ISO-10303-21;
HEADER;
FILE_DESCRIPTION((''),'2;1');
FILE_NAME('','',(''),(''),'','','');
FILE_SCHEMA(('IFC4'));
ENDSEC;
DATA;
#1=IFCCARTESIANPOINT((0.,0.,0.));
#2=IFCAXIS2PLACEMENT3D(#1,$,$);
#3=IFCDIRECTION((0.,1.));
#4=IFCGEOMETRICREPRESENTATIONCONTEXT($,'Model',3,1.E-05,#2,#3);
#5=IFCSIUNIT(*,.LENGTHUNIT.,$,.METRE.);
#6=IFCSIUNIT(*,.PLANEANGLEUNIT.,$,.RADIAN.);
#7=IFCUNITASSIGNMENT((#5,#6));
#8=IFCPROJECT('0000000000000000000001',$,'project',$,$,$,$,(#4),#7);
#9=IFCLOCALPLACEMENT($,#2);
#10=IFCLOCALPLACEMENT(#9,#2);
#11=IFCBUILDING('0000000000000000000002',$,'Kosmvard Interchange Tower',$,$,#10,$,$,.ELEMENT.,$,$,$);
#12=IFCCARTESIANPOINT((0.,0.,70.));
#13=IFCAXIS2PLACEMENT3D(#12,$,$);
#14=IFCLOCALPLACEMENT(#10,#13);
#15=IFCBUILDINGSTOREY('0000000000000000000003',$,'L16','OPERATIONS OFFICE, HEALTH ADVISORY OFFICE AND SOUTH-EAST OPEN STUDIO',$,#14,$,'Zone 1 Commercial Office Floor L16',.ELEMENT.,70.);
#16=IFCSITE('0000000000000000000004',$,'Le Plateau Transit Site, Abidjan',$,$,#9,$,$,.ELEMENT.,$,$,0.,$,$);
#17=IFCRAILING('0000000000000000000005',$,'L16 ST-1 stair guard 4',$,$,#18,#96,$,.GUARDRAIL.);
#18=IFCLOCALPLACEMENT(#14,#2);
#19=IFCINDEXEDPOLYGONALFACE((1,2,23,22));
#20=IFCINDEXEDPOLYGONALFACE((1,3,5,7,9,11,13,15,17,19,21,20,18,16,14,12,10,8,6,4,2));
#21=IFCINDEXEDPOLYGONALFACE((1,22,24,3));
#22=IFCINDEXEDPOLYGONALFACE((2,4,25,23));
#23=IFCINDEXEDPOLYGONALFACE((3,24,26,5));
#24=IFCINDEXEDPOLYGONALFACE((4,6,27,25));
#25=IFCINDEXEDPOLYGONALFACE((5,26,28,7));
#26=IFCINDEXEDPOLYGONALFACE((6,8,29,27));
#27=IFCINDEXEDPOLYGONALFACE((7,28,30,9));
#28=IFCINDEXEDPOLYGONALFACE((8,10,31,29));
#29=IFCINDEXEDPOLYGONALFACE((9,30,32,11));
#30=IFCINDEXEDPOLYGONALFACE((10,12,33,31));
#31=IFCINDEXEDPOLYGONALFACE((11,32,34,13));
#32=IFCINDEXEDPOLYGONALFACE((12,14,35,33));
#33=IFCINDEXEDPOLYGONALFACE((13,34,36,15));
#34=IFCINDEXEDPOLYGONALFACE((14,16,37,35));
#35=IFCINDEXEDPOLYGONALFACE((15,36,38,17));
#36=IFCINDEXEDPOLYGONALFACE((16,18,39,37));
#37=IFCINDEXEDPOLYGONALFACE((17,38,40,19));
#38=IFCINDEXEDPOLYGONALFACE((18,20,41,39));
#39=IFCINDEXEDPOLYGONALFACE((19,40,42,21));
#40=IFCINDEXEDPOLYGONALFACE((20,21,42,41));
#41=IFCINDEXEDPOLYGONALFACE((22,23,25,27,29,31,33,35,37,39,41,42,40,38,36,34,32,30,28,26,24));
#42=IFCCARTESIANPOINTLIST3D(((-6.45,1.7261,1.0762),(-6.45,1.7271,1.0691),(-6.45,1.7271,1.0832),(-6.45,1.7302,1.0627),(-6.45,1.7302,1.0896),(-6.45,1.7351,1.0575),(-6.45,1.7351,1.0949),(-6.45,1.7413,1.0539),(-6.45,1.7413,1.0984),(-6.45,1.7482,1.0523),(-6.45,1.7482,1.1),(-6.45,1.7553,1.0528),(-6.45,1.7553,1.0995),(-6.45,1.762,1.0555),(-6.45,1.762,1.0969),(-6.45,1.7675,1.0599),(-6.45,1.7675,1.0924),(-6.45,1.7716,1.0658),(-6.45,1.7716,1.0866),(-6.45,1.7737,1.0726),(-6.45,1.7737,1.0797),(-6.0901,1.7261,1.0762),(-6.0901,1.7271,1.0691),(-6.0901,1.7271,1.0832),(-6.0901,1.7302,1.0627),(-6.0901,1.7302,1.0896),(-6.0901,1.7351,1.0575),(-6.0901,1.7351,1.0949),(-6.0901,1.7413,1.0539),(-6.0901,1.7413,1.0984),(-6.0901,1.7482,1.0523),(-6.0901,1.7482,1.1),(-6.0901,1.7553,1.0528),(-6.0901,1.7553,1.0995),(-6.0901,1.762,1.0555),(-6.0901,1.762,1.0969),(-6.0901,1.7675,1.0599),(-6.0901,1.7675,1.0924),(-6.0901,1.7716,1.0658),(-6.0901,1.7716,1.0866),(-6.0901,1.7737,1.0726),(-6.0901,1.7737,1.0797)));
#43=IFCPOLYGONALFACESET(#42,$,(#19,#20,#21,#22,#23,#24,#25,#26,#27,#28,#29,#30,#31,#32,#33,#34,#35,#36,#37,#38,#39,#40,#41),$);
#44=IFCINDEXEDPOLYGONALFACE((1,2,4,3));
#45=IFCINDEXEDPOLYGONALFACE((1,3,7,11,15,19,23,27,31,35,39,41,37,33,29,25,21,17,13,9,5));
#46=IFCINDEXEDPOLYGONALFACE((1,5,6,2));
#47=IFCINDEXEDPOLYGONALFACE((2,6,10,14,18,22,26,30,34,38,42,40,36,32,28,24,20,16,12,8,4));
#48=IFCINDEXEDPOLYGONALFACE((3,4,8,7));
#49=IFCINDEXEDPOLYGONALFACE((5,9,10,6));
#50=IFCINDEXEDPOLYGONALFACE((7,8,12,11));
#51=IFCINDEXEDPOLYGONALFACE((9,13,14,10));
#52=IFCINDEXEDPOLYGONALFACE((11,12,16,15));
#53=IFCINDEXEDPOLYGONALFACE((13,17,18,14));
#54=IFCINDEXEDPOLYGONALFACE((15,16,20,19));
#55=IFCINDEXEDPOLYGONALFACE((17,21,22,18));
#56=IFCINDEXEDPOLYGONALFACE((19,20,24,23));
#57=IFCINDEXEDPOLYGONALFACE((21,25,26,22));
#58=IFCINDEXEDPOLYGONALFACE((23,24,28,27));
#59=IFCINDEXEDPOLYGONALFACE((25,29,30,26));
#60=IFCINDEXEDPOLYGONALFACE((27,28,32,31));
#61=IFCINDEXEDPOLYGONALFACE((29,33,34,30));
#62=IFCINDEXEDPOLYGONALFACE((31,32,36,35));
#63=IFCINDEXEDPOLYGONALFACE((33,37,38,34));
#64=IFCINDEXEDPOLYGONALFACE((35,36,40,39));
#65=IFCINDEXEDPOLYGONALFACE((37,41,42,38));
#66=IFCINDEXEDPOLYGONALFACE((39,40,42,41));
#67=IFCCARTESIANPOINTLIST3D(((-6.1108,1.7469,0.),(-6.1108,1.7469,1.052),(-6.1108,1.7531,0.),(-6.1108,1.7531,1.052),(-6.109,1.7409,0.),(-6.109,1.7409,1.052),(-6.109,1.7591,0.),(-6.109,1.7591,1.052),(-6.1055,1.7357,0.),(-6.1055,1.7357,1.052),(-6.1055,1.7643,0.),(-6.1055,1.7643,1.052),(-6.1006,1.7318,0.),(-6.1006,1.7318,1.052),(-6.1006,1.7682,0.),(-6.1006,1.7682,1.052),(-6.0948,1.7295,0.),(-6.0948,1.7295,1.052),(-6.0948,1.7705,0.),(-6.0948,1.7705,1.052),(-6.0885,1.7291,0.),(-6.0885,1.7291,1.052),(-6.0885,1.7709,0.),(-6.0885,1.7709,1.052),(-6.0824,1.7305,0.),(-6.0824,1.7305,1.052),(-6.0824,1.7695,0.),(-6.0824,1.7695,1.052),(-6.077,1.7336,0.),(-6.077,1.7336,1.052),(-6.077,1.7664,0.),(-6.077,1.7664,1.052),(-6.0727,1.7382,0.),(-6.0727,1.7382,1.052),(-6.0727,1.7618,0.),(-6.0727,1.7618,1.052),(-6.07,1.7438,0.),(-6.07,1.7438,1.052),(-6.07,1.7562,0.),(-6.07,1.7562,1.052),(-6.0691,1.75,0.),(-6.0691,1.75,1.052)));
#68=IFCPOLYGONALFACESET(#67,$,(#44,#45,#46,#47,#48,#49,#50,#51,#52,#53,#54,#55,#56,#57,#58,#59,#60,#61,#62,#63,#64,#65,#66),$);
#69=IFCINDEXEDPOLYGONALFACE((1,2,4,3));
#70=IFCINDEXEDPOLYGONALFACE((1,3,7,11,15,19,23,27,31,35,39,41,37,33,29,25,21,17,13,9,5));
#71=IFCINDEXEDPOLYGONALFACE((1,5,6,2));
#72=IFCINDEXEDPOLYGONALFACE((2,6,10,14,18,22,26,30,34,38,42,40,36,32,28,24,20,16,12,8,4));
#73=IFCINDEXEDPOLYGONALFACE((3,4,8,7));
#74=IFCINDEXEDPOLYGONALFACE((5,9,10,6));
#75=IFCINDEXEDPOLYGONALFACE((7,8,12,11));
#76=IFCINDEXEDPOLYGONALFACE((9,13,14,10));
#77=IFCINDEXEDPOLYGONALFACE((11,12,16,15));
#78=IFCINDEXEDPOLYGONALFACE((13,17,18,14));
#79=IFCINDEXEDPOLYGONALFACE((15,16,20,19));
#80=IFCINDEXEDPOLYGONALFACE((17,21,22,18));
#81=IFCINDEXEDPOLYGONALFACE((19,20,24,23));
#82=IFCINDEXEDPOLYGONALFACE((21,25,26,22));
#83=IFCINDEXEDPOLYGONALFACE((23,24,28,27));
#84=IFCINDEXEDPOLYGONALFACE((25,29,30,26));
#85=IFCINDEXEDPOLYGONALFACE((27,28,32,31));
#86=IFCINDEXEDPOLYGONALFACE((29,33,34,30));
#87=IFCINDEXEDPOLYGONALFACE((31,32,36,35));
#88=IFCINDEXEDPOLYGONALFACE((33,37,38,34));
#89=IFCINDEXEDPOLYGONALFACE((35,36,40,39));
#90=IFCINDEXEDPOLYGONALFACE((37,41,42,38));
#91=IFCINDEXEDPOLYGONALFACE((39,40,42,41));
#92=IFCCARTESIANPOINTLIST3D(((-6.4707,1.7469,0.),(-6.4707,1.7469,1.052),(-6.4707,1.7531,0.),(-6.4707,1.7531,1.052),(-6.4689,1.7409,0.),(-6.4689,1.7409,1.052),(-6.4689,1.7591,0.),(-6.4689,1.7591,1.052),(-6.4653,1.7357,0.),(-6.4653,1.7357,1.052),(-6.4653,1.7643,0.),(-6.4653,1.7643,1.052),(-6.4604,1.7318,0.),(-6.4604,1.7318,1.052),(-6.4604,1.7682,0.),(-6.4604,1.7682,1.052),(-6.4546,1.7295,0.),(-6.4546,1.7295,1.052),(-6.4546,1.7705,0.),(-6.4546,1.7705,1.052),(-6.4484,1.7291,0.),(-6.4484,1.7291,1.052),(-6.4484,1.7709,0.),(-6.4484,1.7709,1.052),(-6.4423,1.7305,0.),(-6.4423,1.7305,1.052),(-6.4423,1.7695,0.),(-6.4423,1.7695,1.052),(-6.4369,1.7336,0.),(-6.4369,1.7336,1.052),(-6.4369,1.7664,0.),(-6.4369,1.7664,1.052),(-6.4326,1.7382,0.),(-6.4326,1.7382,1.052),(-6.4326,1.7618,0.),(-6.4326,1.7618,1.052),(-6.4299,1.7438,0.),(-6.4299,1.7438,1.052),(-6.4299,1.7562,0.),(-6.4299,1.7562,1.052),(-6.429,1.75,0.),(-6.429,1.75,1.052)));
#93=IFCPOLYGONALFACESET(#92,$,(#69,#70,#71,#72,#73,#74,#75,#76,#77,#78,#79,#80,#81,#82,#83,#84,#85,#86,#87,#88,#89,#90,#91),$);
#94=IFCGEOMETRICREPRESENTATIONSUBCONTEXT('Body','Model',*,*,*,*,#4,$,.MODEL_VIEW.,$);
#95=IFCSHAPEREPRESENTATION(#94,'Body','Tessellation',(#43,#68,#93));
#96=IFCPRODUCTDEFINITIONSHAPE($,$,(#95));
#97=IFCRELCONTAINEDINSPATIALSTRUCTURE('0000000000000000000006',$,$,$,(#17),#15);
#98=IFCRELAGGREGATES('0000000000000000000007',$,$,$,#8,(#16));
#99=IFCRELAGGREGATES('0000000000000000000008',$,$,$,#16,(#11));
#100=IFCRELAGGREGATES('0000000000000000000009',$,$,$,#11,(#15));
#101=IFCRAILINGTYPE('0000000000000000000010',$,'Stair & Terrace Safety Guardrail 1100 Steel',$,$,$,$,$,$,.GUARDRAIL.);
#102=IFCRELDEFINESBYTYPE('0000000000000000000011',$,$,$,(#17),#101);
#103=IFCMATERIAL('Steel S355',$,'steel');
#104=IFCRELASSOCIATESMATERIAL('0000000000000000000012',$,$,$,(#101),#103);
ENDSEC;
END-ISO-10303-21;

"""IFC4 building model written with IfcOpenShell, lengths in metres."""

from ifc_helpers import new_model, si_unit, direction, frame, origin, origin_2d, place, context, subcontext, project, spatial, circle, extrude, source, transform, mapped, material, type_object, element, save


model = new_model("IFC4")

# Units and contexts
model_context = context("Model", 3, precision=1e-05, world=origin(), true_north=direction((0.0, 1.0)))
body_context = subcontext(model_context, "Body", "Model", "MODEL_VIEW")
ifc_project = project(units=[si_unit("LENGTHUNIT", "METRE"), si_unit("PLANEANGLEUNIT", "RADIAN")], contexts=[model_context])

# Site, building, storey
site_placement = place(None, origin())
site = spatial("IfcSite", under=ifc_project, at=site_placement, Name="Le Plateau Transit Site, Abidjan", CompositionType="ELEMENT", RefElevation=0.0)
building_placement = place(site_placement, origin())
building = spatial("IfcBuilding", under=site, at=building_placement, Name="Kosmvard Interchange Tower", CompositionType="ELEMENT")
storey_placement = place(building_placement, frame((0.0, 0.0, 70.0)))
storey = spatial("IfcBuildingStorey", under=building, at=storey_placement, Name="L16", Description="OPERATIONS OFFICE, HEALTH ADVISORY OFFICE AND SOUTH-EAST OPEN STUDIO", LongName="Zone 1 Commercial Office Floor L16", CompositionType="ELEMENT", Elevation=70.0)

# Shared definitions
ifc_material_1 = material(Name="Steel S355", Category="steel")

# Railing
railing_type_1 = type_object("IfcRailingType", Name="Stair & Terrace Safety Guardrail 1100 Steel", PredefinedType="GUARDRAIL", material=ifc_material_1)
shared_shape_1 = source(origin(), body_context, "Body", "SweptSolid", [
    extrude(circle(Radius=0.0239, at=origin_2d()), frame((0.0, 0.0, 1.0762), z_axis=(-1.0, 0.0, 0.0), x_axis=(0.0, -1.0, 0.0)), (0.0, 0.0, 1.0), 0.3599),
    extrude(circle(Radius=0.021, at=origin_2d()), origin(), (0.0, 0.0, 1.0), 1.052),
    extrude(circle(Radius=0.021, at=origin_2d()), frame((-0.3599, 0.0, 0.0)), (0.0, 0.0, 1.0), 1.052),
])
for number, where, name in (
    (1, (-6.0901, 1.75, 0.0), "L16 ST-1 stair guard 4"),
):
    element("IfcRailing", number, at=place(storey_placement, frame(where)), inside=storey, type_object=railing_type_1, Name=name, PredefinedType="GUARDRAIL", context=body_context, shape_type="MappedRepresentation", body=[
        mapped(shared_shape_1, transform((0.0, 0.0, 0.0), scale=1.0)),
    ])

save(model, "model.ifc")
